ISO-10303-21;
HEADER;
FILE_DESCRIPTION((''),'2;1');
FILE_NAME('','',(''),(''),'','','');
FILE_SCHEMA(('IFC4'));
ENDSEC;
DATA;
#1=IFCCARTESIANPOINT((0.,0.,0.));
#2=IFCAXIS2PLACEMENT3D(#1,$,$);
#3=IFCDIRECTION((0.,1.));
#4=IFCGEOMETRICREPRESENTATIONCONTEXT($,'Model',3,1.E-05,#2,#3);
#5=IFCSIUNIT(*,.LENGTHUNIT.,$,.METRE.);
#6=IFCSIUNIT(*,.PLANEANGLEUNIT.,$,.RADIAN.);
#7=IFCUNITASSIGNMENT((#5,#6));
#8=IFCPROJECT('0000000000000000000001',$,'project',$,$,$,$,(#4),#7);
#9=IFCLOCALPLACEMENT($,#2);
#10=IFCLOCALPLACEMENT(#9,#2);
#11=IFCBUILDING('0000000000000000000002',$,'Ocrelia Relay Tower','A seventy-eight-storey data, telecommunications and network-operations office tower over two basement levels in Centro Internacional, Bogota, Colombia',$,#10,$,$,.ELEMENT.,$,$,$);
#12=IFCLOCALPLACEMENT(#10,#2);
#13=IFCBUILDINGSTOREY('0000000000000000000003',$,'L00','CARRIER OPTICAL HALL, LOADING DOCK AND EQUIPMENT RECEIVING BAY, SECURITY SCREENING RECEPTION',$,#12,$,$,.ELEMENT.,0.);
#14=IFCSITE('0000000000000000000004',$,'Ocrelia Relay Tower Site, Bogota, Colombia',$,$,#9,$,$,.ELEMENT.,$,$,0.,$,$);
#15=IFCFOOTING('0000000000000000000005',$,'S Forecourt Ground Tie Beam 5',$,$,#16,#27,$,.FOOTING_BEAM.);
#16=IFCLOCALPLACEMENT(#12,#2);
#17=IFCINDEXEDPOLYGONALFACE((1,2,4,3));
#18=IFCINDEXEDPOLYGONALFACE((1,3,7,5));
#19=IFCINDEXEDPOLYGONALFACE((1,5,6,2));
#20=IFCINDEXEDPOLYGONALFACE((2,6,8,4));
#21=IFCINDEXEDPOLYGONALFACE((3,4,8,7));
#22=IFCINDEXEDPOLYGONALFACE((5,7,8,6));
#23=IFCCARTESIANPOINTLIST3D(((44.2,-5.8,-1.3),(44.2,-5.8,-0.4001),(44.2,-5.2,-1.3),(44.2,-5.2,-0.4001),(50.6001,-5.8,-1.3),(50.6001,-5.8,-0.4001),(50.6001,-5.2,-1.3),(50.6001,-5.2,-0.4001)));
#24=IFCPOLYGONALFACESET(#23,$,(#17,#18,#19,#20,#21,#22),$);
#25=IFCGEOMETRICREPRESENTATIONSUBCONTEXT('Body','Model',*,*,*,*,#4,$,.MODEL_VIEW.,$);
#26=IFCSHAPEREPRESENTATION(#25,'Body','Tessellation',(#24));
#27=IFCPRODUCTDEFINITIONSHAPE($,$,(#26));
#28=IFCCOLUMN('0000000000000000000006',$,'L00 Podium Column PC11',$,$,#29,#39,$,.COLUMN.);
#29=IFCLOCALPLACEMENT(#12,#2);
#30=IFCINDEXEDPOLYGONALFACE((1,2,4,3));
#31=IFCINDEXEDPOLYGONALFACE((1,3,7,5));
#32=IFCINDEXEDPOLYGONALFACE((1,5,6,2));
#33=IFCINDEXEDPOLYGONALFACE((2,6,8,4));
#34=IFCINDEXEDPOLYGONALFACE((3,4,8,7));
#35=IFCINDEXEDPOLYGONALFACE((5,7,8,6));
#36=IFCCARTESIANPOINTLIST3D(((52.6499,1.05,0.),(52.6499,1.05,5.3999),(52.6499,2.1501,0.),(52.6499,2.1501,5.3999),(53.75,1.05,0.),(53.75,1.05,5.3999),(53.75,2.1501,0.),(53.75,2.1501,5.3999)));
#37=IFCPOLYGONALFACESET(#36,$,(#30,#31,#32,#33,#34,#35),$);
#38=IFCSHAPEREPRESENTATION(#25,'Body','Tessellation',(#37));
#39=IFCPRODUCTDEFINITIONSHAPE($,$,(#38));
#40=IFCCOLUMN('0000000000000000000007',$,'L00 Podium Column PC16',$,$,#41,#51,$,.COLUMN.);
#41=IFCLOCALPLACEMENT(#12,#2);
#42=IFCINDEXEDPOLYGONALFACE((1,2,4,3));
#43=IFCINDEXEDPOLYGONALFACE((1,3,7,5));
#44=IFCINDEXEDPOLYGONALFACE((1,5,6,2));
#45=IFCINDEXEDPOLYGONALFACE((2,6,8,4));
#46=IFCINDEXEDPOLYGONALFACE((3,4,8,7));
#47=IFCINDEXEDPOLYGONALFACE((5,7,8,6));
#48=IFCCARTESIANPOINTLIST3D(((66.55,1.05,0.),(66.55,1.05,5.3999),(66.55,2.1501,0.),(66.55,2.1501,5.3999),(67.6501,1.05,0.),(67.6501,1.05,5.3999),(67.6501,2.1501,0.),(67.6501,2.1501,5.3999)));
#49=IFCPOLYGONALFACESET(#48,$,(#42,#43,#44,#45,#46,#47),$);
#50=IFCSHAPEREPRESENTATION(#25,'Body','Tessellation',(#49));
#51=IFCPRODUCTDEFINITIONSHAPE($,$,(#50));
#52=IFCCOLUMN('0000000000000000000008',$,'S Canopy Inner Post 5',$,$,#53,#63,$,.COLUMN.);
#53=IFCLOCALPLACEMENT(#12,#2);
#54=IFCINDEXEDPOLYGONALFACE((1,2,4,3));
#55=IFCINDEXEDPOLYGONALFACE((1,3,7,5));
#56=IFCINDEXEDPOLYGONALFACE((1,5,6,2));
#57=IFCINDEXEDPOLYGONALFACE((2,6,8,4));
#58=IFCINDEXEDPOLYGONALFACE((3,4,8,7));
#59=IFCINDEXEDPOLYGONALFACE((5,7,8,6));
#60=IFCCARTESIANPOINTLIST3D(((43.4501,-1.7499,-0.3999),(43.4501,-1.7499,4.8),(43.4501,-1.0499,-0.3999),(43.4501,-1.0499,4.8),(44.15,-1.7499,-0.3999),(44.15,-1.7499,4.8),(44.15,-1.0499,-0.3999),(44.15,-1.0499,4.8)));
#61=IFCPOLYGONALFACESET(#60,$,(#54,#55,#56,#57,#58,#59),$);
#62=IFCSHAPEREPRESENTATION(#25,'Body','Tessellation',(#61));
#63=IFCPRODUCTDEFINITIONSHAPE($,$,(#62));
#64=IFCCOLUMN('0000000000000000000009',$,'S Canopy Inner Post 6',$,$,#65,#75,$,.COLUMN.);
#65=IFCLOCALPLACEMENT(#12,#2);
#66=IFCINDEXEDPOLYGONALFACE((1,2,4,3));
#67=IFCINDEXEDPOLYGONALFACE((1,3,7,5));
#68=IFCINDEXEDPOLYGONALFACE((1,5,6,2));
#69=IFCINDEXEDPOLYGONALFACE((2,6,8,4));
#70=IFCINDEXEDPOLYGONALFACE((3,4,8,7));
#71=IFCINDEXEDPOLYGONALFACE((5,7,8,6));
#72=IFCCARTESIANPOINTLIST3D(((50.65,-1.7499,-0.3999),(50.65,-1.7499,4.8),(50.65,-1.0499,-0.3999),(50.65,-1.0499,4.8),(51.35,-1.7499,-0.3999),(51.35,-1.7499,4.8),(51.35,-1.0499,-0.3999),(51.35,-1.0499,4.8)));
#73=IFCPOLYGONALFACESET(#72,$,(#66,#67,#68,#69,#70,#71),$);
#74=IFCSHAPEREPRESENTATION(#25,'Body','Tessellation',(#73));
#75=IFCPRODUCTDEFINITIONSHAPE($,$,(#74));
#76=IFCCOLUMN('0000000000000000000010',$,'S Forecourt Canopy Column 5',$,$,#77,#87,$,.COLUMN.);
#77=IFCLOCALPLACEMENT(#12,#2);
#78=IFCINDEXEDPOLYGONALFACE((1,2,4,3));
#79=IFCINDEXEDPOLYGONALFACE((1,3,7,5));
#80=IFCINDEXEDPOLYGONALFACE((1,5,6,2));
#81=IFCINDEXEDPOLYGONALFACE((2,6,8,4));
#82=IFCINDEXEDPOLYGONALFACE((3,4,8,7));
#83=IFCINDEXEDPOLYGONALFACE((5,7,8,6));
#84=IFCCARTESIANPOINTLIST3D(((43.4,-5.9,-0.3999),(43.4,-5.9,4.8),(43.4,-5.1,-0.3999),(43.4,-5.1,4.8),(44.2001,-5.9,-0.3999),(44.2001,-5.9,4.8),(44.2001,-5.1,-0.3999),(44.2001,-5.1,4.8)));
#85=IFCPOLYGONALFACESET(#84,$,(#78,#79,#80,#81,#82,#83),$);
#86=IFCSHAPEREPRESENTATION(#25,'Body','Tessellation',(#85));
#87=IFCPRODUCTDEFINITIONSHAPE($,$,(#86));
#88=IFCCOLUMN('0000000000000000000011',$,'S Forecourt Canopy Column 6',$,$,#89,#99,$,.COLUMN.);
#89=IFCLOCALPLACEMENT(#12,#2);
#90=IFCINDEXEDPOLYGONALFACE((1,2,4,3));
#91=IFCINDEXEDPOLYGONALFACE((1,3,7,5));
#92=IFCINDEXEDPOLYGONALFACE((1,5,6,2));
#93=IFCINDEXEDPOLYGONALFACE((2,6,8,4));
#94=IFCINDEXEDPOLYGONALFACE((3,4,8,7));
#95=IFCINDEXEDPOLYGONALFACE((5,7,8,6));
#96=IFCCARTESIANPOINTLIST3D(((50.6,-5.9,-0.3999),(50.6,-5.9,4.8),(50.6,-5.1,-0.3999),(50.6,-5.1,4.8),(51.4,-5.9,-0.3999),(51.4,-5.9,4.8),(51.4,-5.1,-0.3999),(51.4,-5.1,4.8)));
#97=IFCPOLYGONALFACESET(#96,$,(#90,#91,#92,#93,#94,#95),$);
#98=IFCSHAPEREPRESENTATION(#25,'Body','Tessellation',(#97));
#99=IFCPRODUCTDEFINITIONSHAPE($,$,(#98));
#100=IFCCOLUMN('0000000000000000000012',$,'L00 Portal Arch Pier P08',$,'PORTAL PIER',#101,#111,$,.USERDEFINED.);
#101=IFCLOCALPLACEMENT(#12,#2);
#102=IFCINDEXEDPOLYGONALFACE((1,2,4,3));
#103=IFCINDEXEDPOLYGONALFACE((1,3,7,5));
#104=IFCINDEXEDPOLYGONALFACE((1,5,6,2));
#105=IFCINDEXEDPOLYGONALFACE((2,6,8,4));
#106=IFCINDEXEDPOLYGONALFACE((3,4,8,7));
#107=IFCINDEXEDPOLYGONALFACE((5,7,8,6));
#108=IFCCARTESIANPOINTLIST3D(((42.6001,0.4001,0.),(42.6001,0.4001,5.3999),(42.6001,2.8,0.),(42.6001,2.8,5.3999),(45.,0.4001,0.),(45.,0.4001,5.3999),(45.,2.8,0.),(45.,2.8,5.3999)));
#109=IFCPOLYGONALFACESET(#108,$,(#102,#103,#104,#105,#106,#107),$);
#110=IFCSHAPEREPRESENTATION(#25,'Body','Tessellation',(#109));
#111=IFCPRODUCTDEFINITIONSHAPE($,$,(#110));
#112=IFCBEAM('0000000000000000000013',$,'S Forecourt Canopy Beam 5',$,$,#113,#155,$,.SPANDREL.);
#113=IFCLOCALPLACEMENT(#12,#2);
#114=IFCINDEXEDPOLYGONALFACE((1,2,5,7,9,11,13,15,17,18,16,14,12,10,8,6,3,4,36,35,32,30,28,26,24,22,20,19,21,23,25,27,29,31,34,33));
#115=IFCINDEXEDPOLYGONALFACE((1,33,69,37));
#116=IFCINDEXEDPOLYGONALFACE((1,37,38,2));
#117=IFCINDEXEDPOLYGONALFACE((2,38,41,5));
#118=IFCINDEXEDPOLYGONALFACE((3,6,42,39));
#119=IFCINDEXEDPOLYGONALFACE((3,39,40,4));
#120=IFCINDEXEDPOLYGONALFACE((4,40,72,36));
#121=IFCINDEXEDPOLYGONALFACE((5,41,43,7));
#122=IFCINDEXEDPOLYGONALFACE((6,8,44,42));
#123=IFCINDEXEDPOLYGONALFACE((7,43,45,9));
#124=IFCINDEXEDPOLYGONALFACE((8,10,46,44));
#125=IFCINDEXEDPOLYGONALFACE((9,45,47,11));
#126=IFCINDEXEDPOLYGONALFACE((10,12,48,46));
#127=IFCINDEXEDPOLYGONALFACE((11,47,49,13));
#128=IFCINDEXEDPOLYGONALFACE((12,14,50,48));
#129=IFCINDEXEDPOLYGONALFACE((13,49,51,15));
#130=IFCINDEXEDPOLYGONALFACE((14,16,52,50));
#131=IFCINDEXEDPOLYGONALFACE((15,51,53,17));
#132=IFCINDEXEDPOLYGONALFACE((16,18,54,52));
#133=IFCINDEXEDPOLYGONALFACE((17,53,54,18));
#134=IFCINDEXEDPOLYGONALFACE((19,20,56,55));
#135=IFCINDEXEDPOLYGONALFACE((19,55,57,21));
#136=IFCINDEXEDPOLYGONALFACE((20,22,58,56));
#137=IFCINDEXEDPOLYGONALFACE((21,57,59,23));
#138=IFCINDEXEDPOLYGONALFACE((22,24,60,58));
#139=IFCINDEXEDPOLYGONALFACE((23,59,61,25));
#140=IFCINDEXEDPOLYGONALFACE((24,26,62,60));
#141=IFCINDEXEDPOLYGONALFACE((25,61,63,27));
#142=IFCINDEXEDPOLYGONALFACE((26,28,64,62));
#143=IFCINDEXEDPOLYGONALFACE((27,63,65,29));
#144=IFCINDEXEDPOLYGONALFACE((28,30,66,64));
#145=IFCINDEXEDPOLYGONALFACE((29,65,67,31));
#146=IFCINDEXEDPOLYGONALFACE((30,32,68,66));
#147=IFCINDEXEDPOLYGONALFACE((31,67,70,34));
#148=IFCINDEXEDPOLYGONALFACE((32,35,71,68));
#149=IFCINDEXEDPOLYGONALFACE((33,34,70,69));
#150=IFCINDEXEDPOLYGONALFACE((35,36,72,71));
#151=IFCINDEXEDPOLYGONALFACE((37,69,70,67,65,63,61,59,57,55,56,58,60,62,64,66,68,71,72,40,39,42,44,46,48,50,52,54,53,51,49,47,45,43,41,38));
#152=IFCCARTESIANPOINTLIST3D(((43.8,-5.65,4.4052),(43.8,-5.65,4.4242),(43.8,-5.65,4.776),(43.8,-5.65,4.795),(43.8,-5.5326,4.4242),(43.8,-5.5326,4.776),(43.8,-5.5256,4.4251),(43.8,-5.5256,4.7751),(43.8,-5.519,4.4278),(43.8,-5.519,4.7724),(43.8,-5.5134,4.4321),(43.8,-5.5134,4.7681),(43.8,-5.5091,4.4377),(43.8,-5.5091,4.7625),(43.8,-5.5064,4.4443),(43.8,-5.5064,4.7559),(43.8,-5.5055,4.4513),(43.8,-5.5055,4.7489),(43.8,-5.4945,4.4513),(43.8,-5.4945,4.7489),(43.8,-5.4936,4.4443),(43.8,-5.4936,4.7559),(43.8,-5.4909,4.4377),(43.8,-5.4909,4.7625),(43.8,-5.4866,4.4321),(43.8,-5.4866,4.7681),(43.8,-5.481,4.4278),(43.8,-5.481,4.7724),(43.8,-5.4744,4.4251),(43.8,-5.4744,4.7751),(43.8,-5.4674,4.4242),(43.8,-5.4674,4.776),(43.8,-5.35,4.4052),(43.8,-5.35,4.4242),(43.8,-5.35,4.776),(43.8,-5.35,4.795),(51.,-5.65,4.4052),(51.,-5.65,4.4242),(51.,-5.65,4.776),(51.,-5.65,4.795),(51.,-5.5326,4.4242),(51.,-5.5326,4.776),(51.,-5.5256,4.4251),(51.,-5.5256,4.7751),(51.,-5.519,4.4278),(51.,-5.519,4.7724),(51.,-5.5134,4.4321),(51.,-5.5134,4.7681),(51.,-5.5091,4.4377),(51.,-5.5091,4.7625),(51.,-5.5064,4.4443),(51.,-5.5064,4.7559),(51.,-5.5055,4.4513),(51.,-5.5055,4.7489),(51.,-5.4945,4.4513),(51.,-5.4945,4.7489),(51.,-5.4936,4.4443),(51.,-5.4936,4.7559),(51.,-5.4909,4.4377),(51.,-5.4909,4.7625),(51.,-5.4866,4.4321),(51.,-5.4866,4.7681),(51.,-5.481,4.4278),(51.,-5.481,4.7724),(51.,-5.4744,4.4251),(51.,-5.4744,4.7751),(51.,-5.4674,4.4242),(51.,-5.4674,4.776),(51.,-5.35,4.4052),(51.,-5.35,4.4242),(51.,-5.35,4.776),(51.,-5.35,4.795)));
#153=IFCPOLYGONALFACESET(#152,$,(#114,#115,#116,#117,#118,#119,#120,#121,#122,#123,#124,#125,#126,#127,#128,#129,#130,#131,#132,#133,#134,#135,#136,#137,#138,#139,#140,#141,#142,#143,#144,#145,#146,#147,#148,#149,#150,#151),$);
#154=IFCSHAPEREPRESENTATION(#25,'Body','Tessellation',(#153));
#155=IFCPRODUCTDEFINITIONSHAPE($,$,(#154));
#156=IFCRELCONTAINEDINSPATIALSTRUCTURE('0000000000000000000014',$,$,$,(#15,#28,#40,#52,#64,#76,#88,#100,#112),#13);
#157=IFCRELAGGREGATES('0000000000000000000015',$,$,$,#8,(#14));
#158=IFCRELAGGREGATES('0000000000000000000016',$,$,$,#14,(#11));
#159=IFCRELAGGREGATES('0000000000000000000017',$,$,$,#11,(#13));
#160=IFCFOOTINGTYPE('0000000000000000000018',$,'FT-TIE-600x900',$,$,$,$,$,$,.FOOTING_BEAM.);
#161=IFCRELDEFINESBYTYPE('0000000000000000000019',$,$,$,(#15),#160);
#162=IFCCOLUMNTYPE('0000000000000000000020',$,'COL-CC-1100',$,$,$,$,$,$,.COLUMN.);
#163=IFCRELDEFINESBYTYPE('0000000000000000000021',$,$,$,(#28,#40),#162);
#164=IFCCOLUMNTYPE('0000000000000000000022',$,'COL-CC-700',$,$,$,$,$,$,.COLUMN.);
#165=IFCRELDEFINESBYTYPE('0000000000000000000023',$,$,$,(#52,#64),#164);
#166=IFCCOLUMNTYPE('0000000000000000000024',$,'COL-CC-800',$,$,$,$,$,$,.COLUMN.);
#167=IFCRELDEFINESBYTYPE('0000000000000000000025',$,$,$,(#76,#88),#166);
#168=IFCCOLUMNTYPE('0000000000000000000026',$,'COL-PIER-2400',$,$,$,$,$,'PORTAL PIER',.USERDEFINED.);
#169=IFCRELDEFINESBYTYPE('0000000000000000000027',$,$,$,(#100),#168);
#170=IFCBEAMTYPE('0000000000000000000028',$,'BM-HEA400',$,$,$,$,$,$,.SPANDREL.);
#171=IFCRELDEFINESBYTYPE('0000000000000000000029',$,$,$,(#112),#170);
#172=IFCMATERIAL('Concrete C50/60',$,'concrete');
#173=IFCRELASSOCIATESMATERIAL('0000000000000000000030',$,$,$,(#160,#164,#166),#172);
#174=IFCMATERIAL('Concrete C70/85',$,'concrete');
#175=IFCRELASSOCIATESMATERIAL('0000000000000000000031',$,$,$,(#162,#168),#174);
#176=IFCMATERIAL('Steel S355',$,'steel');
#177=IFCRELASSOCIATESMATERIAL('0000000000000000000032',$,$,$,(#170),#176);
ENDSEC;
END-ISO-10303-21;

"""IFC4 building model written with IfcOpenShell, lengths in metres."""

from ifc_helpers import new_model, si_unit, direction, frame, origin, origin_2d, place, context, subcontext, project, spatial, rectangle, i_section, extrude, material, material_profile, profile_set, type_object, element, save


model = new_model("IFC4")

# Units and contexts
model_context = context("Model", 3, precision=1e-05, world=origin(), true_north=direction((0.0, 1.0)))
body_context = subcontext(model_context, "Body", "Model", "MODEL_VIEW")
ifc_project = project(units=[si_unit("LENGTHUNIT", "METRE"), si_unit("PLANEANGLEUNIT", "RADIAN")], contexts=[model_context])

# Site, building, storey
site_placement = place(None, origin())
site = spatial("IfcSite", under=ifc_project, at=site_placement, Name="Ocrelia Relay Tower Site, Bogota, Colombia", CompositionType="ELEMENT", RefElevation=0.0)
building_placement = place(site_placement, origin())
building = spatial("IfcBuilding", under=site, at=building_placement, Name="Ocrelia Relay Tower", Description="A seventy-eight-storey data, telecommunications and network-operations office tower over two basement levels in Centro Internacional, Bogota, Colombia", CompositionType="ELEMENT")
storey_placement = place(building_placement, origin())
storey = spatial("IfcBuildingStorey", under=building, at=storey_placement, Name="L00", Description="CARRIER OPTICAL HALL, LOADING DOCK AND EQUIPMENT RECEIVING BAY, SECURITY SCREENING RECEPTION", CompositionType="ELEMENT", Elevation=0.0)

# Footing
ifc_material_1 = material(Name="Concrete C50/60", Category="concrete")
ifc_material_profile_1 = material_profile(ifc_material_1, rectangle(XDim=0.6001, YDim=0.8999, at=origin_2d()), Name="RC-BM-600x900")
ifc_profile_set_1 = profile_set([ifc_material_profile_1], Name="Concrete C50/60")
footing_type = type_object("IfcFootingType", Name="FT-TIE-600x900", PredefinedType="FOOTING_BEAM", material=ifc_profile_set_1)
footing_placement = place(storey_placement, frame((44.2, -5.5, -0.8501), z_axis=(1.0, 0.0, 0.0), x_axis=(0.0, 1.0, 0.0)))
element("IfcFooting", 1, at=footing_placement, inside=storey, type_object=footing_type, Name="S Forecourt Ground Tie Beam 5", PredefinedType="FOOTING_BEAM", context=body_context, shape_type="SweptSolid", body=[
    extrude(rectangle(XDim=0.6001, YDim=0.8999, at=origin_2d()), origin(), (0.0, 0.0, 1.0), 6.4001),
])

# Columns
ifc_material_2 = material(Name="Concrete C70/85", Category="concrete")
ifc_material_profile_2 = material_profile(ifc_material_2, rectangle(XDim=1.1001, YDim=1.1001, at=origin_2d()), Name="RC-COL-1100x1100")
ifc_profile_set_2 = profile_set([ifc_material_profile_2], Name="Concrete C70/85")
column_type_1 = type_object("IfcColumnType", Name="COL-CC-1100", PredefinedType="COLUMN", material=ifc_profile_set_2)
for number, where, z_axis, x_axis, name in (
    (2, (53.2, 1.6001, 0.0), (0.0, 0.0, 1.0), (1.0, 0.0, 0.0), "L00 Podium Column PC11"),
    (3, (67.1001, 1.6001, 0.0), (0.0, 0.0, 1.0), (1.0, 0.0, 0.0), "L00 Podium Column PC16"),
):
    element("IfcColumn", number, at=place(storey_placement, frame(where, z_axis=z_axis, x_axis=x_axis)), inside=storey, type_object=column_type_1, Name=name, PredefinedType="COLUMN", context=body_context, shape_type="SweptSolid", body=[
        extrude(rectangle(XDim=1.1001, YDim=1.1001, at=origin_2d()), origin(), (0.0, 0.0, 1.0), 5.3999),
    ])
ifc_material_profile_3 = material_profile(ifc_material_1, rectangle(XDim=0.7, YDim=0.7, at=origin_2d()), Name="RC-COL-700x700")
ifc_profile_set_3 = profile_set([ifc_material_profile_3], Name="Concrete C50/60")
column_type_2 = type_object("IfcColumnType", Name="COL-CC-700", PredefinedType="COLUMN", material=ifc_profile_set_3)
for number, where, z_axis, x_axis, name in (
    (4, (43.8, -1.3999, -0.3999), (0.0, 0.0, 1.0), (1.0, 0.0, 0.0), "S Canopy Inner Post 5"),
    (5, (51.0, -1.3999, -0.3999), (0.0, 0.0, 1.0), (1.0, 0.0, 0.0), "S Canopy Inner Post 6"),
):
    element("IfcColumn", number, at=place(storey_placement, frame(where, z_axis=z_axis, x_axis=x_axis)), inside=storey, type_object=column_type_2, Name=name, PredefinedType="COLUMN", context=body_context, shape_type="SweptSolid", body=[
        extrude(rectangle(XDim=0.7, YDim=0.7, at=origin_2d()), origin(), (0.0, 0.0, 1.0), 5.2),
    ])
ifc_material_profile_4 = material_profile(ifc_material_1, rectangle(XDim=0.8, YDim=0.8, at=origin_2d()), Name="RC-COL-800x800")
ifc_profile_set_4 = profile_set([ifc_material_profile_4], Name="Concrete C50/60")
column_type_3 = type_object("IfcColumnType", Name="COL-CC-800", PredefinedType="COLUMN", material=ifc_profile_set_4)
for number, where, z_axis, x_axis, name in (
    (6, (43.8, -5.5, -0.3999), (0.0, 0.0, 1.0), (1.0, 0.0, 0.0), "S Forecourt Canopy Column 5"),
    (7, (51.0, -5.5, -0.3999), (0.0, 0.0, 1.0), (1.0, 0.0, 0.0), "S Forecourt Canopy Column 6"),
):
    element("IfcColumn", number, at=place(storey_placement, frame(where, z_axis=z_axis, x_axis=x_axis)), inside=storey, type_object=column_type_3, Name=name, PredefinedType="COLUMN", context=body_context, shape_type="SweptSolid", body=[
        extrude(rectangle(XDim=0.8, YDim=0.8, at=origin_2d()), origin(), (0.0, 0.0, 1.0), 5.2),
    ])
ifc_material_profile_5 = material_profile(ifc_material_2, rectangle(XDim=2.3999, YDim=2.3999, at=origin_2d()), Name="RC-PIER-2400x2400")
ifc_profile_set_5 = profile_set([ifc_material_profile_5], Name="Concrete C70/85")
column_type_4 = type_object("IfcColumnType", Name="COL-PIER-2400", ElementType="PORTAL PIER", PredefinedType="USERDEFINED", material=ifc_profile_set_5)
column_placement = place(storey_placement, frame((43.8, 1.6001, 0.0), z_axis=(0.0, 0.0, 1.0), x_axis=(1.0, 0.0, 0.0)))
element("IfcColumn", 8, at=column_placement, inside=storey, type_object=column_type_4, Name="L00 Portal Arch Pier P08", ObjectType="PORTAL PIER", PredefinedType="USERDEFINED", context=body_context, shape_type="SweptSolid", body=[
    extrude(rectangle(XDim=2.3999, YDim=2.3999, at=origin_2d()), origin(), (0.0, 0.0, 1.0), 5.3999),
])

# Beam
ifc_material_3 = material(Name="Steel S355", Category="steel")
ifc_material_profile_6 = material_profile(ifc_material_3, i_section(OverallWidth=0.3, OverallDepth=0.3899, WebThickness=0.011, FlangeThickness=0.019, FilletRadius=0.0271, at=origin_2d()), Name="HEA 400")
ifc_profile_set_6 = profile_set([ifc_material_profile_6], Name="Steel S355")
beam_type_1 = type_object("IfcBeamType", Name="BM-HEA400", PredefinedType="SPANDREL", material=ifc_profile_set_6)
for number, where, z_axis, x_axis, name in (
    (9, (43.8, -5.5, 4.6001), (1.0, 0.0, 0.0), (0.0, 1.0, 0.0), "S Forecourt Canopy Beam 5"),
):
    element("IfcBeam", number, at=place(storey_placement, frame(where, z_axis=z_axis, x_axis=x_axis)), inside=storey, type_object=beam_type_1, Name=name, PredefinedType="SPANDREL", context=body_context, shape_type="SweptSolid", body=[
        extrude(i_section(OverallWidth=0.3, OverallDepth=0.3899, WebThickness=0.011, FlangeThickness=0.019, FilletRadius=0.0271, at=origin_2d()), origin(), (0.0, 0.0, 1.0), 7.2),
    ])

save(model, "model.ifc")
